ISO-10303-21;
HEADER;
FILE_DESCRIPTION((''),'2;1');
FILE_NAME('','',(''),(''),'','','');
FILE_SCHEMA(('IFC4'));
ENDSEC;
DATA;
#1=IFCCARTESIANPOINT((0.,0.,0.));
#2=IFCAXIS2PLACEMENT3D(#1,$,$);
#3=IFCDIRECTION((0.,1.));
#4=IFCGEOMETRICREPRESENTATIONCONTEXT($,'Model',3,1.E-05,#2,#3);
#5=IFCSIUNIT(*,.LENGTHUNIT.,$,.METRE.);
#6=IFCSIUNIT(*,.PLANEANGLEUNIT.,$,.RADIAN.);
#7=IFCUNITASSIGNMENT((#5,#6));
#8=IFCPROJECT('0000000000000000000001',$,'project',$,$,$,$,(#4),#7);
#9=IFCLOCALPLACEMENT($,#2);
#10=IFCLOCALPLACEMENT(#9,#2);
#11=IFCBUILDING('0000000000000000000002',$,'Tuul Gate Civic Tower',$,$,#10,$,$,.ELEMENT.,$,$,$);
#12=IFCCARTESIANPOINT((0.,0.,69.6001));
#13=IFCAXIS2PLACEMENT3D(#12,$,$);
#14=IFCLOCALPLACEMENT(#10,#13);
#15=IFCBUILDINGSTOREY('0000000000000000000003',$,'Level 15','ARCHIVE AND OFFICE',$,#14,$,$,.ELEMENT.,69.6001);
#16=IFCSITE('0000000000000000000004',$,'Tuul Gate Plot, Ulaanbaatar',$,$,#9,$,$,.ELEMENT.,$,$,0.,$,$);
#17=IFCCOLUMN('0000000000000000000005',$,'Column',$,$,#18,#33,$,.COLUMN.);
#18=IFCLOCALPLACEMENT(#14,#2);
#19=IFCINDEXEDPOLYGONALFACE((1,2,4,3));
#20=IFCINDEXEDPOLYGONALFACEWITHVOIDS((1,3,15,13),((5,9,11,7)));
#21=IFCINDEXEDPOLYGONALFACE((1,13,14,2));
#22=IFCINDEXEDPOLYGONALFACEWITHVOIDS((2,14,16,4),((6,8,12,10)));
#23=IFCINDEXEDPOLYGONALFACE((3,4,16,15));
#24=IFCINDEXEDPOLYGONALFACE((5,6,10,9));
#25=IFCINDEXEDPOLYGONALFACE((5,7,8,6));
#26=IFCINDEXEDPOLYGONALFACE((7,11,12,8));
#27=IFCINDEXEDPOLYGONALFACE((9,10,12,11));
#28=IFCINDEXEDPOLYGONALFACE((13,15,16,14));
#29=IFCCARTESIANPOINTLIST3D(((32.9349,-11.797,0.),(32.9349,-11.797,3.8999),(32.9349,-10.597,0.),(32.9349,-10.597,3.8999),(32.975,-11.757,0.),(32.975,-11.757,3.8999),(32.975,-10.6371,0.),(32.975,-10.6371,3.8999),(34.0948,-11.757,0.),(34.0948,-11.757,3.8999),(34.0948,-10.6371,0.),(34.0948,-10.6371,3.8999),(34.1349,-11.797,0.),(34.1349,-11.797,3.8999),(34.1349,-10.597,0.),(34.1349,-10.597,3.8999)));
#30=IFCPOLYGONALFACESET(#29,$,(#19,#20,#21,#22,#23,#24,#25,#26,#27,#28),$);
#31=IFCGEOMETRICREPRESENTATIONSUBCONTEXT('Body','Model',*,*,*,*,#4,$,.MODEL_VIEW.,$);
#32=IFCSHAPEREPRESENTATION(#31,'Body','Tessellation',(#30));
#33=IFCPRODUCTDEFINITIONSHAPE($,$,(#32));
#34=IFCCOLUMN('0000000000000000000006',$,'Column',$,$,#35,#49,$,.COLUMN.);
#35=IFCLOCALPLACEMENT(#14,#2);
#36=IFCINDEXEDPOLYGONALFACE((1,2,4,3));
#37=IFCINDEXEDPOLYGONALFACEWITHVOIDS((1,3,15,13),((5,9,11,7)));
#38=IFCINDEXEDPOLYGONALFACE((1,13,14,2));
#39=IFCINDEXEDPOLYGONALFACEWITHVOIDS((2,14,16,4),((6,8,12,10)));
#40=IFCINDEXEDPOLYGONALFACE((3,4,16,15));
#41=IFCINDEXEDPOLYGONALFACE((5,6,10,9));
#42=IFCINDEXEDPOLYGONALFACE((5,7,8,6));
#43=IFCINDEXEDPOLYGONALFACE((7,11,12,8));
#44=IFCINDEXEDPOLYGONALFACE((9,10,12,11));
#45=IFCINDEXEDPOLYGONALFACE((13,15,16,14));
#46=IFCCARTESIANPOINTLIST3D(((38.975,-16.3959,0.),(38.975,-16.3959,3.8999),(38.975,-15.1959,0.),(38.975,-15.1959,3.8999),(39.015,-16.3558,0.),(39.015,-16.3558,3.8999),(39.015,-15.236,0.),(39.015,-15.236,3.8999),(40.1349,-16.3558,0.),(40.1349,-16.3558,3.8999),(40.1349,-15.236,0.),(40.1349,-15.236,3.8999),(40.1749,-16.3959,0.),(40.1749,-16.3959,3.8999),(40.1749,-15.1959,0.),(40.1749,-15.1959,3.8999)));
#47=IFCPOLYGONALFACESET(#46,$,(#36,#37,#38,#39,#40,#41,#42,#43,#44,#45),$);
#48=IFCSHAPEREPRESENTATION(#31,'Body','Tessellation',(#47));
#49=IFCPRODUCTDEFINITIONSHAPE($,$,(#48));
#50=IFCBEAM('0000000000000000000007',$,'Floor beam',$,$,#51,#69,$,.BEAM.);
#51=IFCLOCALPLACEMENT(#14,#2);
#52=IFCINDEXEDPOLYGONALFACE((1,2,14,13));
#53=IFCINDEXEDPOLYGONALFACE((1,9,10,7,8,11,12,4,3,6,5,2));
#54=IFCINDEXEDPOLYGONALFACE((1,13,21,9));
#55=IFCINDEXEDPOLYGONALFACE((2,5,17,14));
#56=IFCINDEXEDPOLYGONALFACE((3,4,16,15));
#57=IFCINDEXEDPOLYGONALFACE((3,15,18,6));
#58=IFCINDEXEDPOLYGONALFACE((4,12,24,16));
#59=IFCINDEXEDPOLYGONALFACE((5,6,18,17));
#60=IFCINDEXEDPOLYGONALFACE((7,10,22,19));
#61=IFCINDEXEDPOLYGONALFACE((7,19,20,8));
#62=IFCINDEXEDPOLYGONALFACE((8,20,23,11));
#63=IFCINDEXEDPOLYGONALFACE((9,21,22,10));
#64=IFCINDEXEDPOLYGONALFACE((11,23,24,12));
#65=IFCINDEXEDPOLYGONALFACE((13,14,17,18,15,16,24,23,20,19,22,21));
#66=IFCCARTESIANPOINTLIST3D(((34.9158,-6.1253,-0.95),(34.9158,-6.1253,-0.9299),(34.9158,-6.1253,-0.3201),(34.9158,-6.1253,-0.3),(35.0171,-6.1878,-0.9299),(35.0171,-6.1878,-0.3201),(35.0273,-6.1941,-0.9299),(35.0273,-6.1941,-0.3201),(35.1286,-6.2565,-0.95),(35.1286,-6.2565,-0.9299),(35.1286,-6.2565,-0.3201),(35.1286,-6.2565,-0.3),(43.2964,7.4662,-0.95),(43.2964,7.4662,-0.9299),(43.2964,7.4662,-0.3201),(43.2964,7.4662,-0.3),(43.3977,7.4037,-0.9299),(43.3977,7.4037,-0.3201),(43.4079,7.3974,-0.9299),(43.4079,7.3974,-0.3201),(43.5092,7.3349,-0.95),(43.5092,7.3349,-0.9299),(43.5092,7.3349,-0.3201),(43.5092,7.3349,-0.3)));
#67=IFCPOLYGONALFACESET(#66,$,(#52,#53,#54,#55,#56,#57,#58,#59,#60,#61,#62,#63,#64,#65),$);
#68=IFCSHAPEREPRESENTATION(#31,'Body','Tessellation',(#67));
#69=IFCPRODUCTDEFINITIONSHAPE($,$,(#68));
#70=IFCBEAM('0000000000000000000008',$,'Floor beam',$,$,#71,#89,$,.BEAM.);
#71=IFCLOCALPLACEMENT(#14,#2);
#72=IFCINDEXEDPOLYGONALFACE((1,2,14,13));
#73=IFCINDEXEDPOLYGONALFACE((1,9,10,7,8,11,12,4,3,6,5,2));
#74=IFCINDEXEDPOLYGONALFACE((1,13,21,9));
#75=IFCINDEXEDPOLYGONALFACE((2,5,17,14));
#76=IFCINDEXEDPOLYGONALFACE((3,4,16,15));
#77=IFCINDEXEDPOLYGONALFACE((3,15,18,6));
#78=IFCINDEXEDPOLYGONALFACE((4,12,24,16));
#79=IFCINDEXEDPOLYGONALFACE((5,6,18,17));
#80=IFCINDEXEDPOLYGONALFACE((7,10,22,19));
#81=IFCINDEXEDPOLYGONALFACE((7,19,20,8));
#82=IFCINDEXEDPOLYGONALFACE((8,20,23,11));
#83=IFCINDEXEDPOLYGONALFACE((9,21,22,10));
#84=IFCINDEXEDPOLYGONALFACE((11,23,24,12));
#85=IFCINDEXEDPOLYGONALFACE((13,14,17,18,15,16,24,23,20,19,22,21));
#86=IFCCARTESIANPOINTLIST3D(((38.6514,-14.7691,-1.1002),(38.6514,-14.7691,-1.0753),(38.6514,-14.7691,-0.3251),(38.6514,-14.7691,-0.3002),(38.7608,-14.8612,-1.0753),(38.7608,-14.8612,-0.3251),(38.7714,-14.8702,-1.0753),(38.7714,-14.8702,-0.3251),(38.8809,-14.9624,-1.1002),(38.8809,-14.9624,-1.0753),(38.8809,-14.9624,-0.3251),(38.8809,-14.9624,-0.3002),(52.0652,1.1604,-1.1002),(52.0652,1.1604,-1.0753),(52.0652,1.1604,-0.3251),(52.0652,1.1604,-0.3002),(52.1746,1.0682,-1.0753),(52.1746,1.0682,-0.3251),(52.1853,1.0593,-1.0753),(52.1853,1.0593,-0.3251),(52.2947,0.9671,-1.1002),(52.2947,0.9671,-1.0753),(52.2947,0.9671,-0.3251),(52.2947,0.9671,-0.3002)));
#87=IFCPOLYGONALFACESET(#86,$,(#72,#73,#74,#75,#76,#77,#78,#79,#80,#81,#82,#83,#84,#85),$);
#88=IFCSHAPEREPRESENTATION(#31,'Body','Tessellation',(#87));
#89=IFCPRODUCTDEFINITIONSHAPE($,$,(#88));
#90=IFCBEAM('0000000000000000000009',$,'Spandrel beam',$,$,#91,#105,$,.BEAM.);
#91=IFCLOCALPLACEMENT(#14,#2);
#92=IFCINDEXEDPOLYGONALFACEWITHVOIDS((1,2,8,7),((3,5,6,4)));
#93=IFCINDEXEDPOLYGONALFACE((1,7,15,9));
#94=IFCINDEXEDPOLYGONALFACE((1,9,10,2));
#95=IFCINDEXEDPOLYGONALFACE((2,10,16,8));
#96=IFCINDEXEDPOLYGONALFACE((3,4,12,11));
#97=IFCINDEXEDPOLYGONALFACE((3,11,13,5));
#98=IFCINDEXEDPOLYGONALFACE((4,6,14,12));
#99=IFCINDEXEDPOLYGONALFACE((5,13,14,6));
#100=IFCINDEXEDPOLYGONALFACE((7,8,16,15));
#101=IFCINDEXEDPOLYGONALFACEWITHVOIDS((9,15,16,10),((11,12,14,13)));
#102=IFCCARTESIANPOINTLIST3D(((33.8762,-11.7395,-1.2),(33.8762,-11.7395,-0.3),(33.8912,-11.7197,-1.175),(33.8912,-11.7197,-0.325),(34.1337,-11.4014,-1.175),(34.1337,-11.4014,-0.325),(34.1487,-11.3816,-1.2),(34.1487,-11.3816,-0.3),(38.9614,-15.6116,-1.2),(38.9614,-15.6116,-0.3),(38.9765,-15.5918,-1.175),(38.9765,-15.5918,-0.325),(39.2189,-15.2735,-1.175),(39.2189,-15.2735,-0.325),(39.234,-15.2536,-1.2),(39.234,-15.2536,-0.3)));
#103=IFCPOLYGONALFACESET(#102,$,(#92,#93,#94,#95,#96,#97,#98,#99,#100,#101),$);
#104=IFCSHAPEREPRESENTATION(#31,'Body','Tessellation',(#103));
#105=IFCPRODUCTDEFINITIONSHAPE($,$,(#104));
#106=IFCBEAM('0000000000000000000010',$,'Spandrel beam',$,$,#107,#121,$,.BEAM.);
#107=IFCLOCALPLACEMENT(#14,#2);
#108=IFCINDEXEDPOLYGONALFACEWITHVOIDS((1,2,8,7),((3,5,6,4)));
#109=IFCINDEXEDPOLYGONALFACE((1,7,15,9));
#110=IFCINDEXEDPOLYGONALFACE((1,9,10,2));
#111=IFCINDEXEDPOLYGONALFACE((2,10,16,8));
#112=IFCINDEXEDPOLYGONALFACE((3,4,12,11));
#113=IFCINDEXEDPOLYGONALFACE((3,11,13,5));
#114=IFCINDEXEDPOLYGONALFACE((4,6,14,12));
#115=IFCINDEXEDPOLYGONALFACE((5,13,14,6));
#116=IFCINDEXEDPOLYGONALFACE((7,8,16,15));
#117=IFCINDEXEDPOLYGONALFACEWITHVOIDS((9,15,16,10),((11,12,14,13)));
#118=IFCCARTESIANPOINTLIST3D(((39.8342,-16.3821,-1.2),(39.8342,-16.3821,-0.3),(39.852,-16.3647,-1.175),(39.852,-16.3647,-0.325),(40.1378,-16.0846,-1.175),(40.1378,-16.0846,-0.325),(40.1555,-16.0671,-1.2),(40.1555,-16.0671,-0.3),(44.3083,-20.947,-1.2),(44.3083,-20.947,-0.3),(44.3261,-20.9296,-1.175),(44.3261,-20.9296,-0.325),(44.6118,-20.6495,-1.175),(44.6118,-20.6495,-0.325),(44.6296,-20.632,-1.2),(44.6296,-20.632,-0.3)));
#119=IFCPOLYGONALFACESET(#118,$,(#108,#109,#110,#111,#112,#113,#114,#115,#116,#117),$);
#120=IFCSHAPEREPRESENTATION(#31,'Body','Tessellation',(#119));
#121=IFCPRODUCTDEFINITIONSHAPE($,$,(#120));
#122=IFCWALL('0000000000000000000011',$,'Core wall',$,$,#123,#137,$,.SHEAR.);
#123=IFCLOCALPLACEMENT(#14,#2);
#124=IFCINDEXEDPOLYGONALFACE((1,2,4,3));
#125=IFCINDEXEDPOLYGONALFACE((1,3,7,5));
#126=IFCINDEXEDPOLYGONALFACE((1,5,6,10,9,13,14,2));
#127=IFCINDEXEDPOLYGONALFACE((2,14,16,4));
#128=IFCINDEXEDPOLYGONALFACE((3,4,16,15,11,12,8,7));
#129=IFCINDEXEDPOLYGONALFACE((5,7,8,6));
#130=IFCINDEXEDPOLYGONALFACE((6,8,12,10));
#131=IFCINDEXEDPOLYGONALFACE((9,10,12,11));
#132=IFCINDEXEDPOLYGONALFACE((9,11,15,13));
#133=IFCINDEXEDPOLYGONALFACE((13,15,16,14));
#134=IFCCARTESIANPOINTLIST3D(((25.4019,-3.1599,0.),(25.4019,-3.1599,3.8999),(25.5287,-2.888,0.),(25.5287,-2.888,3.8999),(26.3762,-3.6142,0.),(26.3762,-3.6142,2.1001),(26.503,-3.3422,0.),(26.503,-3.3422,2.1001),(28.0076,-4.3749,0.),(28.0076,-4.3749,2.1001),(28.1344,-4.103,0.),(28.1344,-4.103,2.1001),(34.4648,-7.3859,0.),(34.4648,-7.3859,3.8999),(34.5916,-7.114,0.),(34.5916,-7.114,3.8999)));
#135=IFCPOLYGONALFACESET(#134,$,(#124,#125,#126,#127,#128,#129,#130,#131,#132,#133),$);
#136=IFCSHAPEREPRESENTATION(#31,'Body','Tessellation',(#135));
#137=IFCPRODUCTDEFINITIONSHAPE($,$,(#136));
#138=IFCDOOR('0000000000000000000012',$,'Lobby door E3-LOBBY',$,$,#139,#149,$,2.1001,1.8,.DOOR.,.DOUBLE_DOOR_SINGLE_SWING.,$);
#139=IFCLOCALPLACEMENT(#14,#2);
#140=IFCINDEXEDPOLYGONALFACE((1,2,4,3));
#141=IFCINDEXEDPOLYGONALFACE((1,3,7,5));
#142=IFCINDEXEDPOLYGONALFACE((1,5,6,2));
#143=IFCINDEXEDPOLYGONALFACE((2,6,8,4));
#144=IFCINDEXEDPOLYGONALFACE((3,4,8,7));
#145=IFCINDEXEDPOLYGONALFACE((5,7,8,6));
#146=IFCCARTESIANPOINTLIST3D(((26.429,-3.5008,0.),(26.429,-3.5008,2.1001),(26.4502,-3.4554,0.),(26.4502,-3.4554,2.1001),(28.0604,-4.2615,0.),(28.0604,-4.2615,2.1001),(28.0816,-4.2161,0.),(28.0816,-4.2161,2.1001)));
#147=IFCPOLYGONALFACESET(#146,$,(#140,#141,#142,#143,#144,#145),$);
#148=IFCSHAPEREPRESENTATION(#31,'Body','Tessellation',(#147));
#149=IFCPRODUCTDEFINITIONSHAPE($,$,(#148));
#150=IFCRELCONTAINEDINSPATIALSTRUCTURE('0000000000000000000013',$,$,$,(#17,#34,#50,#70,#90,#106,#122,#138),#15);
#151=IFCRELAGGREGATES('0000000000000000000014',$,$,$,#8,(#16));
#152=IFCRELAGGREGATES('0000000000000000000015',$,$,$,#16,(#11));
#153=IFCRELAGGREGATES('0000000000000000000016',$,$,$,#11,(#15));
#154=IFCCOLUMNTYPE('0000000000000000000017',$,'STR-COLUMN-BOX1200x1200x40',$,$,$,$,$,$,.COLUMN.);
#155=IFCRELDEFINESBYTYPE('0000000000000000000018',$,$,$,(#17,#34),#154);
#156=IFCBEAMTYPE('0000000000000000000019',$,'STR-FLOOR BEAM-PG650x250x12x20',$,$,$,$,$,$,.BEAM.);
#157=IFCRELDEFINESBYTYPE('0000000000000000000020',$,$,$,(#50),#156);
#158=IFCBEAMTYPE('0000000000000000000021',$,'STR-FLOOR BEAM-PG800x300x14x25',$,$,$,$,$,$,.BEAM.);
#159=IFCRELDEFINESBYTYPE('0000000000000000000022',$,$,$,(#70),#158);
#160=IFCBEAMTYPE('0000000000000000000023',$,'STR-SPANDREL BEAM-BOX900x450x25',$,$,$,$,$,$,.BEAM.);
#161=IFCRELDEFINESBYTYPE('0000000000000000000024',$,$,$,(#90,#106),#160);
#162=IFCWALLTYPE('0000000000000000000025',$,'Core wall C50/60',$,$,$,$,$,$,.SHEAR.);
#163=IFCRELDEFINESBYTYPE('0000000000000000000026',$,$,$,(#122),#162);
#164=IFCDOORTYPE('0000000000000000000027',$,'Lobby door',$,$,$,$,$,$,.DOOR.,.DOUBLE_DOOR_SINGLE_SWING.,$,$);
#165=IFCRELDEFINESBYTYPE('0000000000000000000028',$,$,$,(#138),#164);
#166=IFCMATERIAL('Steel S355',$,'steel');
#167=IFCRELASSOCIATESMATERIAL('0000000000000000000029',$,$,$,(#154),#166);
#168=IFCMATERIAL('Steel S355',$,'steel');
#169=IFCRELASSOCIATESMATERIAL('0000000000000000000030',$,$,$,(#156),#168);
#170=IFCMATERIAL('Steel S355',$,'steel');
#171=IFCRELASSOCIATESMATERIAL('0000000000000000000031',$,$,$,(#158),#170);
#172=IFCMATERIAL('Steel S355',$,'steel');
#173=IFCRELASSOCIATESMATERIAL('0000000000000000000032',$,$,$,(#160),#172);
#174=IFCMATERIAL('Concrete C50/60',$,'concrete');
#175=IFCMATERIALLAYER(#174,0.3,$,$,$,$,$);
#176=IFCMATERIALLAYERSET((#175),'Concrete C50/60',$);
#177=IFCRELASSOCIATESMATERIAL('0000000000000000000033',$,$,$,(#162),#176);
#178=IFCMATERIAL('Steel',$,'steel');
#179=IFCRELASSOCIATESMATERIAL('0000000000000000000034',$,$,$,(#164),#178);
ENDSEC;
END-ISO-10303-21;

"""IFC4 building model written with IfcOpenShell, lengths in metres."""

from ifc_helpers import new_model, si_unit, direction, frame, frame_2d, origin, origin_2d, place, context, subcontext, project, spatial, rectangle, hollow_rectangle, i_section, extrude, material, layer, layer_set, material_profile, profile_set, type_object, element, fill, save


model = new_model("IFC4")

# Units and contexts
model_context = context("Model", 3, precision=1e-05, world=origin(), true_north=direction((0.0, 1.0)))
body_context = subcontext(model_context, "Body", "Model", "MODEL_VIEW")
ifc_project = project(units=[si_unit("LENGTHUNIT", "METRE"), si_unit("PLANEANGLEUNIT", "RADIAN")], contexts=[model_context])

# Site, building, storey
site_placement = place(None, origin())
site = spatial("IfcSite", under=ifc_project, at=site_placement, Name="Tuul Gate Plot, Ulaanbaatar", CompositionType="ELEMENT", RefElevation=0.0)
building_placement = place(site_placement, origin())
building = spatial("IfcBuilding", under=site, at=building_placement, Name="Tuul Gate Civic Tower", CompositionType="ELEMENT")
storey_placement = place(building_placement, frame((0.0, 0.0, 69.6001)))
storey = spatial("IfcBuildingStorey", under=building, at=storey_placement, Name="Level 15", Description="ARCHIVE AND OFFICE", CompositionType="ELEMENT", Elevation=69.6001)

# Columns
ifc_material_1 = material(Name="Steel S355", Category="steel")
ifc_material_profile_1 = material_profile(ifc_material_1, hollow_rectangle(XDim=1.2, YDim=1.2, WallThickness=0.04, at=origin_2d()), Name="BOX1200x1200x40")
ifc_profile_set_1 = profile_set([ifc_material_profile_1], Name="Steel S355")
column_type = type_object("IfcColumnType", Name="STR-COLUMN-BOX1200x1200x40", PredefinedType="COLUMN", material=ifc_profile_set_1)
for number, where, z_axis, x_axis, name in (
    (1, (33.5349, -11.197, 0.0), (0.0, 0.0, 1.0), (1.0, 0.0, 0.0), "Column"),
    (2, (39.575, -15.7959, 0.0), (0.0, 0.0, 1.0), (1.0, 0.0, 0.0), "Column"),
):
    element("IfcColumn", number, at=place(storey_placement, frame(where, z_axis=z_axis, x_axis=x_axis)), inside=storey, type_object=column_type, Name=name, PredefinedType="COLUMN", context=body_context, shape_type="SweptSolid", body=[
        extrude(hollow_rectangle(XDim=1.2, YDim=1.2, WallThickness=0.04, at=origin_2d()), origin(), (0.0, 0.0, 1.0), 3.8999),
    ])

# Beams
ifc_material_2 = material(Name="Steel S355", Category="steel")
ifc_material_profile_2 = material_profile(ifc_material_2, i_section(OverallWidth=0.25, OverallDepth=0.6499, WebThickness=0.012, FlangeThickness=0.02, at=origin_2d()), Name="PG650x250x12x20")
ifc_profile_set_2 = profile_set([ifc_material_profile_2], Name="Steel S355")
beam_type_1 = type_object("IfcBeamType", Name="STR-FLOOR BEAM-PG650x250x12x20", PredefinedType="BEAM", material=ifc_profile_set_2)
beam_1_placement = place(storey_placement, frame((35.0222, -6.1909, -0.625), z_axis=(0.52485, 0.851194, 0.0), x_axis=(-0.851194, 0.52485, 0.0)))
element("IfcBeam", 3, at=beam_1_placement, inside=storey, type_object=beam_type_1, Name="Floor beam", PredefinedType="BEAM", context=body_context, shape_type="SweptSolid", body=[
    extrude(i_section(OverallWidth=0.25, OverallDepth=0.6499, WebThickness=0.012, FlangeThickness=0.02, at=origin_2d()), origin(), (0.0, 0.0, 1.0), 15.9675),
])
ifc_material_3 = material(Name="Steel S355", Category="steel")
ifc_material_profile_3 = material_profile(ifc_material_3, i_section(OverallWidth=0.3, OverallDepth=0.8, WebThickness=0.0139, FlangeThickness=0.0249, at=origin_2d()), Name="PG800x300x14x25")
ifc_profile_set_3 = profile_set([ifc_material_profile_3], Name="Steel S355")
beam_type_2 = type_object("IfcBeamType", Name="STR-FLOOR BEAM-PG800x300x14x25", PredefinedType="BEAM", material=ifc_profile_set_3)
beam_2_placement = place(storey_placement, frame((38.7661, -14.8657, -0.7002), z_axis=(0.644123, 0.764922, 0.0), x_axis=(-0.764922, 0.644123, 0.0)))
element("IfcBeam", 4, at=beam_2_placement, inside=storey, type_object=beam_type_2, Name="Floor beam", PredefinedType="BEAM", context=body_context, shape_type="SweptSolid", body=[
    extrude(i_section(OverallWidth=0.3, OverallDepth=0.8, WebThickness=0.0139, FlangeThickness=0.0249, at=origin_2d()), origin(), (0.0, 0.0, 1.0), 20.825),
])
ifc_material_4 = material(Name="Steel S355", Category="steel")
ifc_material_profile_4 = material_profile(ifc_material_4, hollow_rectangle(XDim=0.45, YDim=0.8999, WallThickness=0.0249, at=origin_2d()), Name="BOX900x450x25")
ifc_profile_set_4 = profile_set([ifc_material_profile_4], Name="Steel S355")
beam_type_3 = type_object("IfcBeamType", Name="STR-SPANDREL BEAM-BOX900x450x25", PredefinedType="BEAM", material=ifc_profile_set_4)
beam_3_placement = place(storey_placement, frame((34.0125, -11.5605, -0.75), z_axis=(0.795611, -0.605808, 0.0), x_axis=(0.605808, 0.795611, 0.0)))
element("IfcBeam", 5, at=beam_3_placement, inside=storey, type_object=beam_type_3, Name="Spandrel beam", PredefinedType="BEAM", context=body_context, shape_type="SweptSolid", body=[
    extrude(hollow_rectangle(XDim=0.45, YDim=0.8999, WallThickness=0.0249, at=origin_2d()), origin(), (0.0, 0.0, 1.0), 6.3916),
])
beam_4_placement = place(storey_placement, frame((39.9949, -16.2246, -0.75), z_axis=(0.699967, -0.714175, 0.0), x_axis=(0.714175, 0.699967, 0.0)))
element("IfcBeam", 6, at=beam_4_placement, inside=storey, type_object=beam_type_3, Name="Spandrel beam", PredefinedType="BEAM", context=body_context, shape_type="SweptSolid", body=[
    extrude(hollow_rectangle(XDim=0.45, YDim=0.8999, WallThickness=0.0249, at=origin_2d()), origin(), (0.0, 0.0, 1.0), 6.3918),
])

# Wall, opening, door
ifc_material_5 = material(Name="Concrete C50/60", Category="concrete")
ifc_layer_1 = layer(ifc_material_5, 0.3)
ifc_layer_set_1 = layer_set([ifc_layer_1], Name="Concrete C50/60")
wall_type_1 = type_object("IfcWallType", Name="Core wall C50/60", PredefinedType="SHEAR", material=ifc_layer_set_1)
wall_1_placement = place(storey_placement, frame((34.5283, -7.25, 0.0), z_axis=(0.0, 0.0, 1.0), x_axis=(-0.90631, 0.422613, 0.0)))
wall_1 = element("IfcWall", 7, at=wall_1_placement, inside=storey, type_object=wall_type_1, Name="Core wall", PredefinedType="SHEAR", context=body_context, shape_type="SweptSolid", body=[
    extrude(rectangle(XDim=9.9998, YDim=0.3, at=frame_2d((5.0, 0.0))), origin(), (0.0, 0.0, 1.0), 3.8999),
])
opening_1_placement = place(wall_1_placement, frame((7.125, 0.0, 0.0)))
opening_1 = element("IfcOpeningElement", 8, at=opening_1_placement, cuts=wall_1, PredefinedType="OPENING", context=body_context, shape_type="SweptSolid", body=[
    extrude(rectangle(XDim=1.8, YDim=2.1001, at=frame_2d((0.8999, 1.05))), frame((0.0, 0.1602, 0.0), z_axis=(0.0, -1.0, 0.0), x_axis=(1.0, 0.0, 0.0)), (0.0, 0.0, 1.0), 0.3201),
])
ifc_material_6 = material(Name="Steel", Category="steel")
door_type_1 = type_object("IfcDoorType", Name="Lobby door", OperationType="DOUBLE_DOOR_SINGLE_SWING", PredefinedType="DOOR", material=ifc_material_6)
door_1_placement = place(opening_1_placement, origin())
door_1 = element("IfcDoor", 9, at=door_1_placement, inside=storey, type_object=door_type_1, Name="Lobby door E3-LOBBY", OperationType="DOUBLE_DOOR_SINGLE_SWING", OverallHeight=2.1001, OverallWidth=1.8, PredefinedType="DOOR", context=body_context, shape_type="SweptSolid", body=[
    extrude(rectangle(XDim=1.8, YDim=2.1001, at=frame_2d((0.8999, 1.05))), frame((0.0, 0.0249, 0.0), z_axis=(0.0, -1.0, 0.0), x_axis=(1.0, 0.0, 0.0)), (0.0, 0.0, 1.0), 0.05),
])
fill(opening_1, door_1)

save(model, "model.ifc")
